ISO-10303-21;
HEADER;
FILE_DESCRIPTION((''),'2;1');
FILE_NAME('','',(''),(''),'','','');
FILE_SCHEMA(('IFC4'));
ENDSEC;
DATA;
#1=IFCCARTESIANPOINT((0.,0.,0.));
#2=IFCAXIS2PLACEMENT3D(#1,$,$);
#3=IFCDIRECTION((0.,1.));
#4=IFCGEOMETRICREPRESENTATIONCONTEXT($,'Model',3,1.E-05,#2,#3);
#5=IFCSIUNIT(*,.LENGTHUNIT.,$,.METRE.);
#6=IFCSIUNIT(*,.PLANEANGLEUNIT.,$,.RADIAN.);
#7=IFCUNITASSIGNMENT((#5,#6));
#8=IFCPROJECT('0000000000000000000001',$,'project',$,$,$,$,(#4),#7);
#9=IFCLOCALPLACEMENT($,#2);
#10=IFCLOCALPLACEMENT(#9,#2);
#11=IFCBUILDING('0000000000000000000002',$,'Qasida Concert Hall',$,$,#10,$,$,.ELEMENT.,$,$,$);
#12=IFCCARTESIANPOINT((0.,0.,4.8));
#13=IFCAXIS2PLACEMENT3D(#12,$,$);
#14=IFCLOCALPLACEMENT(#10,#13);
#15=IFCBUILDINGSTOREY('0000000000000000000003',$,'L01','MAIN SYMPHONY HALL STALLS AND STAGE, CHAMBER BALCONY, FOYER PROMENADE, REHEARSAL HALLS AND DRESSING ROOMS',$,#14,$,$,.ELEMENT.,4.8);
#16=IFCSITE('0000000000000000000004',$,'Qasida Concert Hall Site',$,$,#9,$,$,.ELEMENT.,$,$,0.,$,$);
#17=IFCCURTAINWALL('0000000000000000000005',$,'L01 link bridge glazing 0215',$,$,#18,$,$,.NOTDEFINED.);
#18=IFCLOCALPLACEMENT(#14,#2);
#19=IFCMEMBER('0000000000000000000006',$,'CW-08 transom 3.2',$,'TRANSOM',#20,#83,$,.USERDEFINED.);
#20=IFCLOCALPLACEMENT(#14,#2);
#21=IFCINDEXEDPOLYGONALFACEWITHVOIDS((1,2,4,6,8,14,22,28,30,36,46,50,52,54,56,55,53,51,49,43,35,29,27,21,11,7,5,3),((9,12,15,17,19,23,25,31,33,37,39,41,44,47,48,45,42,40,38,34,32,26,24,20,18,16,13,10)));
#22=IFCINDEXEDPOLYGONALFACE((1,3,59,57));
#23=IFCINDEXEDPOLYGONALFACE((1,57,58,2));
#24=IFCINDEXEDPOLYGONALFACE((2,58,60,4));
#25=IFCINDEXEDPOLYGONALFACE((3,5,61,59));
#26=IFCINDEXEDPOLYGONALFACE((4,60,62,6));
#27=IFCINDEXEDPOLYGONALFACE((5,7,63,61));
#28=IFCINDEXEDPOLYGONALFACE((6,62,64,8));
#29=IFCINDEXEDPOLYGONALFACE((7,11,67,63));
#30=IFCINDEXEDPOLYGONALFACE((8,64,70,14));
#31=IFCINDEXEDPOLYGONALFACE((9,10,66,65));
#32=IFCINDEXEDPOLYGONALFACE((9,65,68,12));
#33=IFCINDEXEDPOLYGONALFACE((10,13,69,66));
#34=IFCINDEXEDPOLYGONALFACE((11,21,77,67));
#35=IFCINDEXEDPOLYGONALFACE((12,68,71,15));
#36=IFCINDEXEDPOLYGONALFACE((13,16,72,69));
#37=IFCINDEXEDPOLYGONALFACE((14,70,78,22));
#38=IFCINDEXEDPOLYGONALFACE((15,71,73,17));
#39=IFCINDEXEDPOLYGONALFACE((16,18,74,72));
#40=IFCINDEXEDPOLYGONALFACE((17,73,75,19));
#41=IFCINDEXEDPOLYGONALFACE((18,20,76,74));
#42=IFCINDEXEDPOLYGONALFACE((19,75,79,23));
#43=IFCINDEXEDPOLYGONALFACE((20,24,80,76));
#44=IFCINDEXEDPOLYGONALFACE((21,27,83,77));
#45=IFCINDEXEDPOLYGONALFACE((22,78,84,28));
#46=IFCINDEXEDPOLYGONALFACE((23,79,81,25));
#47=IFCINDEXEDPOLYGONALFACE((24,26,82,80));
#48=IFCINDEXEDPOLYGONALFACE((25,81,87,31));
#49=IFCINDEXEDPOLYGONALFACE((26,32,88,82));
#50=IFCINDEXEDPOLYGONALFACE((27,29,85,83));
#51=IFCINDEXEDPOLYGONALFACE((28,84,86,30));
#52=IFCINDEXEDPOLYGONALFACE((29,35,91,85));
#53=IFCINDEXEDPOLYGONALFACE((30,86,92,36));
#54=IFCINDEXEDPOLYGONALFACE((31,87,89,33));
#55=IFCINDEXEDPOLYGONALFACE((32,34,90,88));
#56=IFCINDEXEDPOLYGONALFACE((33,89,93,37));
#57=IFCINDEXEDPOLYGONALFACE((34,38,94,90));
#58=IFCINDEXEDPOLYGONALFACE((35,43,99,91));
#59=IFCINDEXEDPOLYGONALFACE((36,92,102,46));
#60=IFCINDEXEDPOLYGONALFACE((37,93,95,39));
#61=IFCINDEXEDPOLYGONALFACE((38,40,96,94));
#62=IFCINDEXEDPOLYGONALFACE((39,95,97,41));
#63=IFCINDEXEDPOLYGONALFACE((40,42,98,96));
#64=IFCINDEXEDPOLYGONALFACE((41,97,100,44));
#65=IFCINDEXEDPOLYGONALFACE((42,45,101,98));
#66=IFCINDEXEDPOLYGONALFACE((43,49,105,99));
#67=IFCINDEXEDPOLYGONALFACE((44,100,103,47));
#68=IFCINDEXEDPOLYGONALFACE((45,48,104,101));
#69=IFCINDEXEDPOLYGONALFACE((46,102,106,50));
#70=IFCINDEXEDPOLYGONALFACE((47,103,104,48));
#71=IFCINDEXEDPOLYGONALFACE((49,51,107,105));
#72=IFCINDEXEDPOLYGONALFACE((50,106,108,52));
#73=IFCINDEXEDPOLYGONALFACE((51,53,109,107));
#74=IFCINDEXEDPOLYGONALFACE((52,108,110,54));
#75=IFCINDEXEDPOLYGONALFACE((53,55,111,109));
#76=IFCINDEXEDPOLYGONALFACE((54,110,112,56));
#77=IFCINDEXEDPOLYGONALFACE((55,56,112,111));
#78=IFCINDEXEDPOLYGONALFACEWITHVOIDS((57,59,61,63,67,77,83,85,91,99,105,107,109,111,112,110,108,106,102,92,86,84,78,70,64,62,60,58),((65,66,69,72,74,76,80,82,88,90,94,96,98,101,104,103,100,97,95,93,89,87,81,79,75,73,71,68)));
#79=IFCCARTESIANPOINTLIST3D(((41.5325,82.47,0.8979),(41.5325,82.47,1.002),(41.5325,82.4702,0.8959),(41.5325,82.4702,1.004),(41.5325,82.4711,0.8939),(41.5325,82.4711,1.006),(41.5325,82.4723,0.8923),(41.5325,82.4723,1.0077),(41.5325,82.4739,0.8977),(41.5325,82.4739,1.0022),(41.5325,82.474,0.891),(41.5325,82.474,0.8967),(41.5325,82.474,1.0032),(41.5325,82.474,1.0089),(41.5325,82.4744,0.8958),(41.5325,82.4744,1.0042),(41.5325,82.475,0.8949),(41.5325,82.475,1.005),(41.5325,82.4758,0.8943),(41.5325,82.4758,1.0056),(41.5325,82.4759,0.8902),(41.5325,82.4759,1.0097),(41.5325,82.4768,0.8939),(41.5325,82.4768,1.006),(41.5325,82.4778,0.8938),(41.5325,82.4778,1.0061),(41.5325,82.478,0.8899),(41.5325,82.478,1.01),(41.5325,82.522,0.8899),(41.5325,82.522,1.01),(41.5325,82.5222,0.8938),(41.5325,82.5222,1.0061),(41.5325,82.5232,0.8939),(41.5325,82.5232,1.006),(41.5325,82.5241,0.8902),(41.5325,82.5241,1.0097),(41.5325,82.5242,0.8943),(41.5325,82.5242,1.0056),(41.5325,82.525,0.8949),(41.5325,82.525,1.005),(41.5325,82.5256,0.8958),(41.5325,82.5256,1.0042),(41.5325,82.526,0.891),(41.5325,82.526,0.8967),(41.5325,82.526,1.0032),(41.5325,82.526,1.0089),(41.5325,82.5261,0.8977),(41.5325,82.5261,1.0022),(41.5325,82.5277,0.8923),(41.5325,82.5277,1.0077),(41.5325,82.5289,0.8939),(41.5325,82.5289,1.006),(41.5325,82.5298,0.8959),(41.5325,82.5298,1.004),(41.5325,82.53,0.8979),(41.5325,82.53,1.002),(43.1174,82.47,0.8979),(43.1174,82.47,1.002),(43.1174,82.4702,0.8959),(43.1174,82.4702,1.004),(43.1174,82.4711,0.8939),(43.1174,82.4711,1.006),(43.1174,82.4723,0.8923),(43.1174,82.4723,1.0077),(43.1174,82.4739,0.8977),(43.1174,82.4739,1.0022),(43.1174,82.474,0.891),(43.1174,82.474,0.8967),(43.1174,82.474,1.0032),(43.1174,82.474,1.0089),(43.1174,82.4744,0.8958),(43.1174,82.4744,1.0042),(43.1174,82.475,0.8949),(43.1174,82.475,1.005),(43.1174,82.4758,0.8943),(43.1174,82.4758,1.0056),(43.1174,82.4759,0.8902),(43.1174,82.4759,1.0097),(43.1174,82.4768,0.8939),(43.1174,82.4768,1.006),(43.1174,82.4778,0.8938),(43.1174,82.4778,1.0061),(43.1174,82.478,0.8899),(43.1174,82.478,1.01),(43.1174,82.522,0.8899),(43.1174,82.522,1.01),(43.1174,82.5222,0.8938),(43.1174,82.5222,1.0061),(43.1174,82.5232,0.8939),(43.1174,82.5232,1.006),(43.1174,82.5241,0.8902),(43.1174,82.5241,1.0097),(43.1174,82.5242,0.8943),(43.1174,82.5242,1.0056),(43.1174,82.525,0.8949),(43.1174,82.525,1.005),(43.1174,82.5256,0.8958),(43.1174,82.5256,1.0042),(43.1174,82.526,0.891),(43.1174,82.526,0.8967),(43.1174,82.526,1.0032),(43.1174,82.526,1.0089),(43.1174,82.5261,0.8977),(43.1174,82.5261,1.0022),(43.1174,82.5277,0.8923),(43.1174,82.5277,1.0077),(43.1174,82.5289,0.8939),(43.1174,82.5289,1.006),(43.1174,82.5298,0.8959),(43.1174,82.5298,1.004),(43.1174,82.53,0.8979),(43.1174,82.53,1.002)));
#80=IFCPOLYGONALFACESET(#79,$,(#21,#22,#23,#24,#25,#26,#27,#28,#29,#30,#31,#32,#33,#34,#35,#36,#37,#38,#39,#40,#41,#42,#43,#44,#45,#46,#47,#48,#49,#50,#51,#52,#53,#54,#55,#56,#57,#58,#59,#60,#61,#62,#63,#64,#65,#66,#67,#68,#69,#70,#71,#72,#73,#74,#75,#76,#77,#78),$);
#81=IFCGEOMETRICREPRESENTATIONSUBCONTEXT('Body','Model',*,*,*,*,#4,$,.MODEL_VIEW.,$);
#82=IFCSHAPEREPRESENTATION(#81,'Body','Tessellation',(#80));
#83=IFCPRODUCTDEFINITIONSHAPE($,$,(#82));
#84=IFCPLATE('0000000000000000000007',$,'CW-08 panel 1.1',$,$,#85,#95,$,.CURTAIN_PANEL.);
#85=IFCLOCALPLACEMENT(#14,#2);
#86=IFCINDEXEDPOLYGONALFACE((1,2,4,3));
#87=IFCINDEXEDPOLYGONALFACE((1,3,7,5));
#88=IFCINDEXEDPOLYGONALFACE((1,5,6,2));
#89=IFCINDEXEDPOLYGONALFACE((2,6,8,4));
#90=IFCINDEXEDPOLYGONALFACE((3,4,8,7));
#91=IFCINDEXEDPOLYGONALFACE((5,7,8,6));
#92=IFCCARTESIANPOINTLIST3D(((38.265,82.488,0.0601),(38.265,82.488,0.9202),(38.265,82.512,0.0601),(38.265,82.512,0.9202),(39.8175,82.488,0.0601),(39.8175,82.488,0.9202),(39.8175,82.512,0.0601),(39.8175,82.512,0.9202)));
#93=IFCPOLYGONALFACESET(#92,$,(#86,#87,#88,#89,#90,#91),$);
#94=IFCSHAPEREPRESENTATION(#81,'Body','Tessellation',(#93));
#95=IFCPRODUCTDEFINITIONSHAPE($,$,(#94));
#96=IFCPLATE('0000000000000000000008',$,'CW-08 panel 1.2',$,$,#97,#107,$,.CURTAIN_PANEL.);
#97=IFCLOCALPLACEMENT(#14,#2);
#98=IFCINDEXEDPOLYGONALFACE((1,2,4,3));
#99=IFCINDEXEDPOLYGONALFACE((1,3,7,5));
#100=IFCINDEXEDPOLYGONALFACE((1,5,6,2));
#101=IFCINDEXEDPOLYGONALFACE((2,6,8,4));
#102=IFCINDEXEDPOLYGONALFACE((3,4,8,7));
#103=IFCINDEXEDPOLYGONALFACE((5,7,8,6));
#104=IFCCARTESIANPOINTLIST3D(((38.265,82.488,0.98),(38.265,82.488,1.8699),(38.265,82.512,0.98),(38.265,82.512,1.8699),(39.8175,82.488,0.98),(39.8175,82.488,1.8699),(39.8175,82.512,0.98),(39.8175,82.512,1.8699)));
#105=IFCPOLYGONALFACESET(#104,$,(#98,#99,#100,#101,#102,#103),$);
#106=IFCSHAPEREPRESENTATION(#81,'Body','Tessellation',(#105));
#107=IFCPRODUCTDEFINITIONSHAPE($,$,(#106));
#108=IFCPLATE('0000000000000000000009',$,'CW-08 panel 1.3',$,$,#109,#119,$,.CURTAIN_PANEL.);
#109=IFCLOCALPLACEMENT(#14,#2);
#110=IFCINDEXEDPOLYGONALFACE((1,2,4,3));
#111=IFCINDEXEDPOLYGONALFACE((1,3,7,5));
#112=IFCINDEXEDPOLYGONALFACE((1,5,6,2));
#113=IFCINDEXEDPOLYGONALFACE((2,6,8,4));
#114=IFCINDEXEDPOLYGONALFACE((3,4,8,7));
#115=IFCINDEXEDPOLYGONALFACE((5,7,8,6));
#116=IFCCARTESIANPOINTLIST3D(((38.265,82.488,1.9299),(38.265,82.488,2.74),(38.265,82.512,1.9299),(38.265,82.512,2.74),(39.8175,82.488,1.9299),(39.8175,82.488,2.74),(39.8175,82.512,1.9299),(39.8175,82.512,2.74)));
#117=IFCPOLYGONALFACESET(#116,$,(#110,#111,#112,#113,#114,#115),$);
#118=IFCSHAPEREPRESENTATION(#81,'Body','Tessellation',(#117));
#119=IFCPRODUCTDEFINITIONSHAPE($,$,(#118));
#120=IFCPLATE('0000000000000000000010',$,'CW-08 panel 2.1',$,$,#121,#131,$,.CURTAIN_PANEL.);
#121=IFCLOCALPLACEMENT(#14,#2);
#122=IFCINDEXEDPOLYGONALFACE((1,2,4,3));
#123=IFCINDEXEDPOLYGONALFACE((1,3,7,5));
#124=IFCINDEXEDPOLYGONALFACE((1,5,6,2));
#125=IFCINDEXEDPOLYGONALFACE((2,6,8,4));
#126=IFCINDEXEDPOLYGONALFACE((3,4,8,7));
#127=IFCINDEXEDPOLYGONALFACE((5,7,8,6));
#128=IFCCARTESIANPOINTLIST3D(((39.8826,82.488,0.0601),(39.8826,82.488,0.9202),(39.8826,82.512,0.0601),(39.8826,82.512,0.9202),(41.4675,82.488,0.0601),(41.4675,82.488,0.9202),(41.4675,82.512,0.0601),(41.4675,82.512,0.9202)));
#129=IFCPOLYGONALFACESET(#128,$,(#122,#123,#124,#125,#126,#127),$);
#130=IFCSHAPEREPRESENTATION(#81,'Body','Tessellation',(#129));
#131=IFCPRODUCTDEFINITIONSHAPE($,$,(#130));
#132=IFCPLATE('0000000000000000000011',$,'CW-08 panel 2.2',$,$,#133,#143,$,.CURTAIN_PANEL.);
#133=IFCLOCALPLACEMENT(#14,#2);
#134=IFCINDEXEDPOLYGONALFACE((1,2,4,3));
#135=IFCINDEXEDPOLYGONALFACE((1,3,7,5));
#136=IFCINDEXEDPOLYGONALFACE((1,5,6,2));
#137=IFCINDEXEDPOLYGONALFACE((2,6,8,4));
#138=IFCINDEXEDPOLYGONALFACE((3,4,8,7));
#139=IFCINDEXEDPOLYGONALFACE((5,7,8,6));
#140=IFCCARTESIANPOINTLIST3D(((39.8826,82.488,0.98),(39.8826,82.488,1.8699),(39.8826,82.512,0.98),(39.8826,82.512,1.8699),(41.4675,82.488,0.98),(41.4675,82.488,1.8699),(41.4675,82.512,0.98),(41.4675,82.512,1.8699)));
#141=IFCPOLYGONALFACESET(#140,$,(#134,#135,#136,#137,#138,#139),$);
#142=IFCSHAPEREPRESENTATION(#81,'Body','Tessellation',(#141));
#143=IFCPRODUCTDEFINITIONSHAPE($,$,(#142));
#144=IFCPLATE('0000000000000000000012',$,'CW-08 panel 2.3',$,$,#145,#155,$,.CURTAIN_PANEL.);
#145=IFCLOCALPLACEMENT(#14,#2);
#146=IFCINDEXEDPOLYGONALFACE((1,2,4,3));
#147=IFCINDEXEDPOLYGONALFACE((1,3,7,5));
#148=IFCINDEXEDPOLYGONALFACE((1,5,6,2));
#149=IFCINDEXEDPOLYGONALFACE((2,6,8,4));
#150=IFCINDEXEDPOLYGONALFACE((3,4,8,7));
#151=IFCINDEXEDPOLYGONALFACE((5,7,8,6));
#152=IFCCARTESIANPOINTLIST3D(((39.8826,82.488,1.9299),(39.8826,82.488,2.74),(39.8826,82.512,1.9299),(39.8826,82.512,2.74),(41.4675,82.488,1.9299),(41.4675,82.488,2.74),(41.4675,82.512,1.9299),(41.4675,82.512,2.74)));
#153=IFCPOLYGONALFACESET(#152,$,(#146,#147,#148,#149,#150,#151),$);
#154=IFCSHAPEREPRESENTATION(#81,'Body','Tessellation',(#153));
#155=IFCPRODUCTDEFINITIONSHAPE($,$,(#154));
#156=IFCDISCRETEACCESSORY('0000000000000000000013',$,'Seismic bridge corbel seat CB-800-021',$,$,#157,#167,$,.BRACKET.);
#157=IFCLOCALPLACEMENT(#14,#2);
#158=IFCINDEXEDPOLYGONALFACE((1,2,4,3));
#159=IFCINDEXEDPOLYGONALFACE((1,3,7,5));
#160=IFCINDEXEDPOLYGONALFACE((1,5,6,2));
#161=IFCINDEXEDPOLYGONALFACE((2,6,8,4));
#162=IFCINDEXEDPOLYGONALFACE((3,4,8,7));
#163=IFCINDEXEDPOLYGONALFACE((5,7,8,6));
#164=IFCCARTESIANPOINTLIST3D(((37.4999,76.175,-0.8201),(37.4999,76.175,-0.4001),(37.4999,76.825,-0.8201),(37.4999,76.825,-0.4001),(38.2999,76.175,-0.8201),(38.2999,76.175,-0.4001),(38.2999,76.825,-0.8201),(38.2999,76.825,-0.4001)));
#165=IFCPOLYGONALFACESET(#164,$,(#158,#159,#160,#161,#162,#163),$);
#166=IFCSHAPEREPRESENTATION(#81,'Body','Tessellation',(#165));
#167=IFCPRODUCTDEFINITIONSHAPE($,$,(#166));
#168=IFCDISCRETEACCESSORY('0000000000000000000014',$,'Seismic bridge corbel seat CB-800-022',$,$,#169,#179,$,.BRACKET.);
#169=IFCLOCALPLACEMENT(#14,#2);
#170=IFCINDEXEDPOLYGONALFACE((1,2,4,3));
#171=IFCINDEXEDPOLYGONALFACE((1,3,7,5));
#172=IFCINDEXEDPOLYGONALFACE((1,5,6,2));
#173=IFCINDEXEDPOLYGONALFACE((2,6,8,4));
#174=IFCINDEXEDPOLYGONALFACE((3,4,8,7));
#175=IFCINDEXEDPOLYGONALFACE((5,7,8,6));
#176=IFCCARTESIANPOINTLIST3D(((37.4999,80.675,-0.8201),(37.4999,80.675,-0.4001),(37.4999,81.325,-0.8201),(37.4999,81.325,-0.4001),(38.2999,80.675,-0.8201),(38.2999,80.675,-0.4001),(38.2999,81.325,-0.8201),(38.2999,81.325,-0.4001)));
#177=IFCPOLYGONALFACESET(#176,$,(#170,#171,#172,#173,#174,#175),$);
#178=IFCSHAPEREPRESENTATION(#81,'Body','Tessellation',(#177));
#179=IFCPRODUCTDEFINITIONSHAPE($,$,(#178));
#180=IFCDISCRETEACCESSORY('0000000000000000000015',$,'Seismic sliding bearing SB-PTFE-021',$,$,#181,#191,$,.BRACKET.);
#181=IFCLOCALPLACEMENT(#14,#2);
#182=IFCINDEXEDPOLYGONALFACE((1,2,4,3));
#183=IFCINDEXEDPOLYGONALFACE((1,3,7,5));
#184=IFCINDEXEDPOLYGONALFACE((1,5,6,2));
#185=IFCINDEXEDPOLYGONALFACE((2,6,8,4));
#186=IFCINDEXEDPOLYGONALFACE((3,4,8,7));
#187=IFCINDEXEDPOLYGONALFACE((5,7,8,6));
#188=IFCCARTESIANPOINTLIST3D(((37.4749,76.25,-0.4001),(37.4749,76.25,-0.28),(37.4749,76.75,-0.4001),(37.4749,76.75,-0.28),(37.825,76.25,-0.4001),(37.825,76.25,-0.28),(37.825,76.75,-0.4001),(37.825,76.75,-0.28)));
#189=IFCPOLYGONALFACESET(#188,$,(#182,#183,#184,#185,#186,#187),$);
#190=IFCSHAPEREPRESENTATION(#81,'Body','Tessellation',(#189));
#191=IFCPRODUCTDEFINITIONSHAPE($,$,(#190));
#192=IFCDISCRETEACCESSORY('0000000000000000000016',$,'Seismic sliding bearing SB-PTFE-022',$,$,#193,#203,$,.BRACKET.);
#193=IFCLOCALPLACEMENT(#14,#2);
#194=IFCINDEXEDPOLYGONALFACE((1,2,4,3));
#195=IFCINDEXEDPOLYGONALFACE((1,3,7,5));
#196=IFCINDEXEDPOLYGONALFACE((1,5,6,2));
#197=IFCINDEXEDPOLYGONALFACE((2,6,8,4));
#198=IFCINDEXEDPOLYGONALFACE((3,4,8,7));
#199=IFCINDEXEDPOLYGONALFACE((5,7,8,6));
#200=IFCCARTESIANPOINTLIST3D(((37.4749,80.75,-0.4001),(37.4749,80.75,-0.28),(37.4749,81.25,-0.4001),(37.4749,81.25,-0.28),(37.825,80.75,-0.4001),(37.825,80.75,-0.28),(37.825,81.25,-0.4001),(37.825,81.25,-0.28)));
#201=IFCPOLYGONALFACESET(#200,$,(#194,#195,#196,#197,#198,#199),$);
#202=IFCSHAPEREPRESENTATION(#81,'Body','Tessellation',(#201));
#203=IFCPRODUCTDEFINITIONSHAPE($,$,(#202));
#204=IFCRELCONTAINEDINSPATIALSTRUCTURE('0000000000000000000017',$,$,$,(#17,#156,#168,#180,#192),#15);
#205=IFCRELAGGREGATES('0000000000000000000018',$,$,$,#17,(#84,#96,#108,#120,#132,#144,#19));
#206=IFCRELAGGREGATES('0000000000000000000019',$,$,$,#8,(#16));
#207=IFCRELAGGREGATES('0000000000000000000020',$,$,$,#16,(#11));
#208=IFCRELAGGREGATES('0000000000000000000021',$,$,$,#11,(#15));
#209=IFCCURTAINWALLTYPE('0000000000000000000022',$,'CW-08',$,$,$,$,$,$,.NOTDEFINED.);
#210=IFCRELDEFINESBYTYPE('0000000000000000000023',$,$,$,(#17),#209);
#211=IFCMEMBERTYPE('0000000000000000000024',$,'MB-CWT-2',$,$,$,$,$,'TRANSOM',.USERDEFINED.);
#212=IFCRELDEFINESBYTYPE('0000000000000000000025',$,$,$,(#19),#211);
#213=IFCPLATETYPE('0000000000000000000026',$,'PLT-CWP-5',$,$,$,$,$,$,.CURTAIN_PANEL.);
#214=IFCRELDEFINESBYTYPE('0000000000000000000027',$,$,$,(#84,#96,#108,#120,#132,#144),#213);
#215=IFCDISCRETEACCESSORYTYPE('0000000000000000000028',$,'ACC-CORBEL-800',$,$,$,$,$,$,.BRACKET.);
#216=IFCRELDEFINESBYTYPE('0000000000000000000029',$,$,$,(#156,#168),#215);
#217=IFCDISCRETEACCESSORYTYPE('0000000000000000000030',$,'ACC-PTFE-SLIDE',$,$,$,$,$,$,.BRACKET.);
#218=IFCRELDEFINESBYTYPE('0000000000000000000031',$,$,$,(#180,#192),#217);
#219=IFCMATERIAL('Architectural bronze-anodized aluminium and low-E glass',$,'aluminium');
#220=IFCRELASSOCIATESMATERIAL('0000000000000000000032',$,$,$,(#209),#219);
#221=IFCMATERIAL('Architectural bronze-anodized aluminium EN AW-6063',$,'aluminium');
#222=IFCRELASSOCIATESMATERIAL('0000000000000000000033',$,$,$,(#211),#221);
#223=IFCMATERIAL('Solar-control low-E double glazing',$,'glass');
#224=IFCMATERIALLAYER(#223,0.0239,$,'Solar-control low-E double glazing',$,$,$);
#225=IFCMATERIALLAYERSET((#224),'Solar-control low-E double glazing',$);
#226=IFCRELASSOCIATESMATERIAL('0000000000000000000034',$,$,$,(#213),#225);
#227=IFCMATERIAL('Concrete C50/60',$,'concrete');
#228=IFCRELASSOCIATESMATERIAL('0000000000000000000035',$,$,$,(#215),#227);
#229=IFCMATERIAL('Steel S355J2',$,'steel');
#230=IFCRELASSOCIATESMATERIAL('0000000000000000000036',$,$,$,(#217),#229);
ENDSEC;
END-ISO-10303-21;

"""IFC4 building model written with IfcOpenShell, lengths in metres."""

from ifc_helpers import new_model, si_unit, direction, frame, origin, origin_2d, place, context, subcontext, project, spatial, rectangle, hollow_rectangle, extrude, material, layer, layer_set, material_profile, profile_set, type_object, element, aggregate, save


model = new_model("IFC4")

# Units and contexts
model_context = context("Model", 3, precision=1e-05, world=origin(), true_north=direction((0.0, 1.0)))
body_context = subcontext(model_context, "Body", "Model", "MODEL_VIEW")
ifc_project = project(units=[si_unit("LENGTHUNIT", "METRE"), si_unit("PLANEANGLEUNIT", "RADIAN")], contexts=[model_context])

# Site, building, storey
site_placement = place(None, origin())
site = spatial("IfcSite", under=ifc_project, at=site_placement, Name="Qasida Concert Hall Site", CompositionType="ELEMENT", RefElevation=0.0)
building_placement = place(site_placement, origin())
building = spatial("IfcBuilding", under=site, at=building_placement, Name="Qasida Concert Hall", CompositionType="ELEMENT")
storey_placement = place(building_placement, frame((0.0, 0.0, 4.8)))
storey = spatial("IfcBuildingStorey", under=building, at=storey_placement, Name="L01", Description="MAIN SYMPHONY HALL STALLS AND STAGE, CHAMBER BALCONY, FOYER PROMENADE, REHEARSAL HALLS AND DRESSING ROOMS", CompositionType="ELEMENT", Elevation=4.8)

# Curtain wall, member, plates
ifc_material_1 = material(Name="Architectural bronze-anodized aluminium and low-E glass", Category="aluminium")
curtain_wall_type = type_object("IfcCurtainWallType", Name="CW-08", PredefinedType="NOTDEFINED", material=ifc_material_1)
curtain_wall_placement = place(storey_placement, origin())
curtain_wall = element("IfcCurtainWall", 1, at=curtain_wall_placement, inside=storey, type_object=curtain_wall_type, Name="L01 link bridge glazing 0215", PredefinedType="NOTDEFINED")
ifc_material_2 = material(Name="Architectural bronze-anodized aluminium EN AW-6063", Category="aluminium")
ifc_material_profile_1 = material_profile(ifc_material_2, hollow_rectangle(XDim=0.0601, YDim=0.1201, WallThickness=0.0039, InnerFilletRadius=0.0039, OuterFilletRadius=0.0081, at=origin_2d()), Name="CWT 120x60x4")
ifc_profile_set_1 = profile_set([ifc_material_profile_1], Name="Architectural bronze-anodized aluminium EN AW-6063")
member_type_1 = type_object("IfcMemberType", Name="MB-CWT-2", ElementType="TRANSOM", PredefinedType="USERDEFINED", material=ifc_profile_set_1)
member_1_placement = place(storey_placement, frame((41.5325, 82.5, 0.95), z_axis=(1.0, 0.0, 0.0), x_axis=(0.0, 1.0, 0.0)))
member_1 = element("IfcMember", 2, at=member_1_placement, type_object=member_type_1, Name="CW-08 transom 3.2", ObjectType="TRANSOM", PredefinedType="USERDEFINED", context=body_context, shape_type="SweptSolid", body=[
    extrude(hollow_rectangle(XDim=0.0601, YDim=0.1201, WallThickness=0.0039, InnerFilletRadius=0.0039, OuterFilletRadius=0.0081, at=origin_2d()), origin(), (0.0, 0.0, 1.0), 1.585),
])
ifc_material_3 = material(Name="Solar-control low-E double glazing", Category="glass")
ifc_layer_1 = layer(ifc_material_3, 0.0239, Name="Solar-control low-E double glazing")
ifc_layer_set_1 = layer_set([ifc_layer_1], Name="Solar-control low-E double glazing")
plate_type = type_object("IfcPlateType", Name="PLT-CWP-5", PredefinedType="CURTAIN_PANEL", material=ifc_layer_set_1)
plate_1_placement = place(storey_placement, frame((39.0413, 82.5, 0.0601), z_axis=(0.0, 0.0, 1.0), x_axis=(1.0, 0.0, 0.0)))
plate_1 = element("IfcPlate", 3, at=plate_1_placement, type_object=plate_type, Name="CW-08 panel 1.1", PredefinedType="CURTAIN_PANEL", context=body_context, shape_type="SweptSolid", body=[
    extrude(rectangle(XDim=1.5525, YDim=0.0239, at=origin_2d()), origin(), (0.0, 0.0, 1.0), 0.8601),
])
plate_2_placement = place(storey_placement, frame((39.0413, 82.5, 0.98), z_axis=(0.0, 0.0, 1.0), x_axis=(1.0, 0.0, 0.0)))
plate_2 = element("IfcPlate", 4, at=plate_2_placement, type_object=plate_type, Name="CW-08 panel 1.2", PredefinedType="CURTAIN_PANEL", context=body_context, shape_type="SweptSolid", body=[
    extrude(rectangle(XDim=1.5525, YDim=0.0239, at=origin_2d()), origin(), (0.0, 0.0, 1.0), 0.8899),
])
plate_3_placement = place(storey_placement, frame((39.0413, 82.5, 1.9299), z_axis=(0.0, 0.0, 1.0), x_axis=(1.0, 0.0, 0.0)))
plate_3 = element("IfcPlate", 5, at=plate_3_placement, type_object=plate_type, Name="CW-08 panel 1.3", PredefinedType="CURTAIN_PANEL", context=body_context, shape_type="SweptSolid", body=[
    extrude(rectangle(XDim=1.5525, YDim=0.0239, at=origin_2d()), origin(), (0.0, 0.0, 1.0), 0.8101),
])
plate_4_placement = place(storey_placement, frame((40.675, 82.5, 0.0601), z_axis=(0.0, 0.0, 1.0), x_axis=(1.0, 0.0, 0.0)))
plate_4 = element("IfcPlate", 6, at=plate_4_placement, type_object=plate_type, Name="CW-08 panel 2.1", PredefinedType="CURTAIN_PANEL", context=body_context, shape_type="SweptSolid", body=[
    extrude(rectangle(XDim=1.585, YDim=0.0239, at=origin_2d()), origin(), (0.0, 0.0, 1.0), 0.8601),
])
plate_5_placement = place(storey_placement, frame((40.675, 82.5, 0.98), z_axis=(0.0, 0.0, 1.0), x_axis=(1.0, 0.0, 0.0)))
plate_5 = element("IfcPlate", 7, at=plate_5_placement, type_object=plate_type, Name="CW-08 panel 2.2", PredefinedType="CURTAIN_PANEL", context=body_context, shape_type="SweptSolid", body=[
    extrude(rectangle(XDim=1.585, YDim=0.0239, at=origin_2d()), origin(), (0.0, 0.0, 1.0), 0.8899),
])
plate_6_placement = place(storey_placement, frame((40.675, 82.5, 1.9299), z_axis=(0.0, 0.0, 1.0), x_axis=(1.0, 0.0, 0.0)))
plate_6 = element("IfcPlate", 8, at=plate_6_placement, type_object=plate_type, Name="CW-08 panel 2.3", PredefinedType="CURTAIN_PANEL", context=body_context, shape_type="SweptSolid", body=[
    extrude(rectangle(XDim=1.585, YDim=0.0239, at=origin_2d()), origin(), (0.0, 0.0, 1.0), 0.8101),
])
aggregate(curtain_wall, [plate_1, plate_2, plate_3, plate_4, plate_5, plate_6, member_1])

# Discrete accessories
ifc_material_4 = material(Name="Concrete C50/60", Category="concrete")
discrete_accessory_type_1 = type_object("IfcDiscreteAccessoryType", Name="ACC-CORBEL-800", PredefinedType="BRACKET", material=ifc_material_4)
for number, where, z_axis, x_axis, name in (
    (9, (37.8999, 76.5, -0.8201), (0.0, 0.0, 1.0), (1.0, 0.0, 0.0), "Seismic bridge corbel seat CB-800-021"),
    (10, (37.8999, 81.0, -0.8201), (0.0, 0.0, 1.0), (1.0, 0.0, 0.0), "Seismic bridge corbel seat CB-800-022"),
):
    element("IfcDiscreteAccessory", number, at=place(storey_placement, frame(where, z_axis=z_axis, x_axis=x_axis)), inside=storey, type_object=discrete_accessory_type_1, Name=name, PredefinedType="BRACKET", context=body_context, shape_type="SweptSolid", body=[
        extrude(rectangle(XDim=0.8, YDim=0.6499, at=origin_2d()), origin(), (0.0, 0.0, 1.0), 0.4199),
    ])
ifc_material_5 = material(Name="Steel S355J2", Category="steel")
discrete_accessory_type_2 = type_object("IfcDiscreteAccessoryType", Name="ACC-PTFE-SLIDE", PredefinedType="BRACKET", material=ifc_material_5)
for number, where, z_axis, x_axis, name in (
    (11, (37.6499, 76.5, -0.4001), (0.0, 0.0, 1.0), (1.0, 0.0, 0.0), "Seismic sliding bearing SB-PTFE-021"),
    (12, (37.6499, 81.0, -0.4001), (0.0, 0.0, 1.0), (1.0, 0.0, 0.0), "Seismic sliding bearing SB-PTFE-022"),
):
    element("IfcDiscreteAccessory", number, at=place(storey_placement, frame(where, z_axis=z_axis, x_axis=x_axis)), inside=storey, type_object=discrete_accessory_type_2, Name=name, PredefinedType="BRACKET", context=body_context, shape_type="SweptSolid", body=[
        extrude(rectangle(XDim=0.3501, YDim=0.5, at=origin_2d()), origin(), (0.0, 0.0, 1.0), 0.1201),
    ])

save(model, "model.ifc")
